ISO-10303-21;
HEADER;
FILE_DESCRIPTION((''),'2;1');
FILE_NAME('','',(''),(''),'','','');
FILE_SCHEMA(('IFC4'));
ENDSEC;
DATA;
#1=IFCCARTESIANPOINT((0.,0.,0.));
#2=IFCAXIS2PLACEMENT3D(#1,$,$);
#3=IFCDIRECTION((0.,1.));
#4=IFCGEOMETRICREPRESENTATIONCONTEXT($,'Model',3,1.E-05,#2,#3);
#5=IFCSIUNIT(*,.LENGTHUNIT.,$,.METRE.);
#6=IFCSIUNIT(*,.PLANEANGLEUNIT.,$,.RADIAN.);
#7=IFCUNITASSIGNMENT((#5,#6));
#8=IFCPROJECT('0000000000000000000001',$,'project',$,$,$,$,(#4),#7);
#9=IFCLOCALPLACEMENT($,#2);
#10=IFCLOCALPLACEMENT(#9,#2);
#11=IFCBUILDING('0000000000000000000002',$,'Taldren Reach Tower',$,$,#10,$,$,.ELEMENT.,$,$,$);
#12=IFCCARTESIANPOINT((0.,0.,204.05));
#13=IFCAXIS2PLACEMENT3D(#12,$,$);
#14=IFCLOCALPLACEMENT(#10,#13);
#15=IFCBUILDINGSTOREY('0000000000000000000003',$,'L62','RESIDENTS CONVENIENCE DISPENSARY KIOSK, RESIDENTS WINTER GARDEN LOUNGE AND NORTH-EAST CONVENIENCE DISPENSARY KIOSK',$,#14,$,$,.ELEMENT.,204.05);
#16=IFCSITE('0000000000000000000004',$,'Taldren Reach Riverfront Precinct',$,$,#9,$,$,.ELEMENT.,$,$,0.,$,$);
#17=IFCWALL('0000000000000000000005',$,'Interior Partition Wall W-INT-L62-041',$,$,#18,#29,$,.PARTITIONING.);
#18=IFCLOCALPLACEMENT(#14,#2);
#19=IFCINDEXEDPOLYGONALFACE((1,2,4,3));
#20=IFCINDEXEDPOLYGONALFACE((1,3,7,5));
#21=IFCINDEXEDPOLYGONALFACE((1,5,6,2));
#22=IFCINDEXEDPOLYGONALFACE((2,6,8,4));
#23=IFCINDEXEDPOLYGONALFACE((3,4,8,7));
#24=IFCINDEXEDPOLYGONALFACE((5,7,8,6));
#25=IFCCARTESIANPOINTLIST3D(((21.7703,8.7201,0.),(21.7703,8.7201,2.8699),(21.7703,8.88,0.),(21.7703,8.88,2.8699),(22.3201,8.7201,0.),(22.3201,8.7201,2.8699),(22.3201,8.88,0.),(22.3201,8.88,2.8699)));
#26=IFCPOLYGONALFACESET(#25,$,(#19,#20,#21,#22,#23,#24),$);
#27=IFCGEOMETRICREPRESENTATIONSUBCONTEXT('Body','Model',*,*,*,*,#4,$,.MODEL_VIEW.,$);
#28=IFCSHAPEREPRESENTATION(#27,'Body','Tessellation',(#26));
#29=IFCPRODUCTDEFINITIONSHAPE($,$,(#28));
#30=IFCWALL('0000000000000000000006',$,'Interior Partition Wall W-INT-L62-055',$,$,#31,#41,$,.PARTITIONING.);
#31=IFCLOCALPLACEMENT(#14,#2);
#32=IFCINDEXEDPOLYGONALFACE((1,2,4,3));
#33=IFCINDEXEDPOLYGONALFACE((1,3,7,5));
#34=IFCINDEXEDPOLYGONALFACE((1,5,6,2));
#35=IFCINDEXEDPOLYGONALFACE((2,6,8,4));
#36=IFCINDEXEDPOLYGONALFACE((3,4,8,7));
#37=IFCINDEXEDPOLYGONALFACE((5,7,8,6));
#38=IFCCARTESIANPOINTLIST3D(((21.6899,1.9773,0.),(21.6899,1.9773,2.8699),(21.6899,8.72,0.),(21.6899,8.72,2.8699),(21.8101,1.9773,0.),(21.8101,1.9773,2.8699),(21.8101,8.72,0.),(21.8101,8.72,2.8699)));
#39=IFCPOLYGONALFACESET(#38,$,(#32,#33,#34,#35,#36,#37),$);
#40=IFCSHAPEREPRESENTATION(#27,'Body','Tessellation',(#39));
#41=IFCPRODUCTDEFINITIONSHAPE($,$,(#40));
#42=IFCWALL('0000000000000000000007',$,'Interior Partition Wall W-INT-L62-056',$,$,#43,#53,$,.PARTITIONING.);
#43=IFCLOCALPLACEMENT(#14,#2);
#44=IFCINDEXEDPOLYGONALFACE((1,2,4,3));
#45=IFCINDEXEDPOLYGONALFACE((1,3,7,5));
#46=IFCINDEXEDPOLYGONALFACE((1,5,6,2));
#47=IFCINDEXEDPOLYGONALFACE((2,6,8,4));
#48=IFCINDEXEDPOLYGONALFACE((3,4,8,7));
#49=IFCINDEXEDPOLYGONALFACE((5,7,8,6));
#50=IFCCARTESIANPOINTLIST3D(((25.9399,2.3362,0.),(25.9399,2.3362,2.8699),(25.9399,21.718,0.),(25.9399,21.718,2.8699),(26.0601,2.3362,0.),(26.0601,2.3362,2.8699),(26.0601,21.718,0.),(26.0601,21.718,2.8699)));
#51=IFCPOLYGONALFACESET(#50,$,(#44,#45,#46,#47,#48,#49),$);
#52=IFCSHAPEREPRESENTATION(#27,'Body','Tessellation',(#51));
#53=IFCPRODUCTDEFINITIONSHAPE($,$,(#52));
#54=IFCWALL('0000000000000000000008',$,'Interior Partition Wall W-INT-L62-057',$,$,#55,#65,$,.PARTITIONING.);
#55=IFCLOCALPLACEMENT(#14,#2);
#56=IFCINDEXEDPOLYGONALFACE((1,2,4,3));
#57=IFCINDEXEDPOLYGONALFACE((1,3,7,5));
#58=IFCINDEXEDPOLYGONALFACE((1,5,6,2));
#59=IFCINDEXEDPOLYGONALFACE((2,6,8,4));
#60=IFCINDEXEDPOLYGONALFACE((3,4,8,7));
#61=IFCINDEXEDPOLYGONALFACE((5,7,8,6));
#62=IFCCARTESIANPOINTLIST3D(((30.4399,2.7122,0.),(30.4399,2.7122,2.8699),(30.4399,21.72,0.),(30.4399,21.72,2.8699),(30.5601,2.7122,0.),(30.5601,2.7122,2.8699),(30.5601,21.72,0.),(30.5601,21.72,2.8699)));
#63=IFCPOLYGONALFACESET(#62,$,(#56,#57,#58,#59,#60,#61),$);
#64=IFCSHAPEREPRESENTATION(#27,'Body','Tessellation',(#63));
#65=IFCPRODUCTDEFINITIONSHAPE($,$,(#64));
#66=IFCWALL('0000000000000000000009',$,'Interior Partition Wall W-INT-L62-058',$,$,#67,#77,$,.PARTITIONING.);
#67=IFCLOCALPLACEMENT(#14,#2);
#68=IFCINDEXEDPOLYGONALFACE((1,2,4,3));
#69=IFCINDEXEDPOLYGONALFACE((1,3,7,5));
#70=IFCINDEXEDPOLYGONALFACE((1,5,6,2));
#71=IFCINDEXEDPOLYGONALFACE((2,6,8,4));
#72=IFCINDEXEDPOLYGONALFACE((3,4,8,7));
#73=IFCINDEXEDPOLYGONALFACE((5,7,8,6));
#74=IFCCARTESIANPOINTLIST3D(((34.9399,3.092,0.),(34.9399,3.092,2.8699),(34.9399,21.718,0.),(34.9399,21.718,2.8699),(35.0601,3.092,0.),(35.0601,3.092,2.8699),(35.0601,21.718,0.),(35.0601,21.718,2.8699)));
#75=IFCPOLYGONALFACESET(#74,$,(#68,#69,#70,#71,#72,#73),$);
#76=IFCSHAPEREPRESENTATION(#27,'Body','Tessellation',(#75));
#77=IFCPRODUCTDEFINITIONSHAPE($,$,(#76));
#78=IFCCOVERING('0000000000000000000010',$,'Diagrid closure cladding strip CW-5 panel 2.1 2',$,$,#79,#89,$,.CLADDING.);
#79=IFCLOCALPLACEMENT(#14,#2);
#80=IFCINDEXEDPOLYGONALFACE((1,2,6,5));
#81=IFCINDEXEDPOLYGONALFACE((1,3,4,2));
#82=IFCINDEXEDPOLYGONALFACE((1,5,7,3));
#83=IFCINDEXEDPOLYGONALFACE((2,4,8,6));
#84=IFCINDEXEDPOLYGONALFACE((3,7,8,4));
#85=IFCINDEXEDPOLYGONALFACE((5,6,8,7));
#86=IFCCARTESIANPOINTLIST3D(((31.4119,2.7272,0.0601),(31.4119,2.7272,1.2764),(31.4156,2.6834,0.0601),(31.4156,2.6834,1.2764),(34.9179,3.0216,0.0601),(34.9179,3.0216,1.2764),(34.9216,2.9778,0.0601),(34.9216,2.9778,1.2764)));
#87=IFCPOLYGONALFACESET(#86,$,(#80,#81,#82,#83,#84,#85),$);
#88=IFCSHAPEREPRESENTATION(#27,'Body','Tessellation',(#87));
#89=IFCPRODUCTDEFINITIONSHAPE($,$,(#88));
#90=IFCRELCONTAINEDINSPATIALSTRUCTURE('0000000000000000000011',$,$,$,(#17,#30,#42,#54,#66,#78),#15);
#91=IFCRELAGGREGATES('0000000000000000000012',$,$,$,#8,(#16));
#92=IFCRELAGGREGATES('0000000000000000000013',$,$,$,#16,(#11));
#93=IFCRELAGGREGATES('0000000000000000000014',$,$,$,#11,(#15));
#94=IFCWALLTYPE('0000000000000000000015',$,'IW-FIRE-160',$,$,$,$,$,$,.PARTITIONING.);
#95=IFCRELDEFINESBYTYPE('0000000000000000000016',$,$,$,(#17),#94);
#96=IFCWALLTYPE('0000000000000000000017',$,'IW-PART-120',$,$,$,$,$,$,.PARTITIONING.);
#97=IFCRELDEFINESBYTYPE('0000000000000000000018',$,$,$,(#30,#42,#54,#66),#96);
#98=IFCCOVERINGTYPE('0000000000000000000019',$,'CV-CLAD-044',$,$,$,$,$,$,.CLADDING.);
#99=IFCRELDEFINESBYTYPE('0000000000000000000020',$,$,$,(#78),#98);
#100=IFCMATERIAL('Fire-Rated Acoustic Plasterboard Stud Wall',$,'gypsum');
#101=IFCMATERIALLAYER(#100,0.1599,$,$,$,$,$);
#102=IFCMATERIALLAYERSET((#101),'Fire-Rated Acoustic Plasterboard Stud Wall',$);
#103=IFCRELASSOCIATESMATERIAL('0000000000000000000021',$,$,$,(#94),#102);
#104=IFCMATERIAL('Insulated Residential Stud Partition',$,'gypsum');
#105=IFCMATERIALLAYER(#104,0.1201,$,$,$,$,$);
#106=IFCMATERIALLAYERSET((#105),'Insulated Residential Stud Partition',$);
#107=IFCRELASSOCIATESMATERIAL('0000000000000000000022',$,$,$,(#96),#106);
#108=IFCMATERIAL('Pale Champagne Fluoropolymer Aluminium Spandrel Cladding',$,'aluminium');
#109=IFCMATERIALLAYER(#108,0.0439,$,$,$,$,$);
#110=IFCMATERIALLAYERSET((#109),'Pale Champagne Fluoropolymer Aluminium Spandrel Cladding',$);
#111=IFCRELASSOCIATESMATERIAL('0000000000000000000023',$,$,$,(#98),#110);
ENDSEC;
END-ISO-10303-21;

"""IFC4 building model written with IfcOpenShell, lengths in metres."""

from ifc_helpers import new_model, si_unit, direction, frame, frame_2d, origin, origin_2d, place, context, subcontext, project, spatial, rectangle, extrude, source, transform, mapped, material, layer, layer_set, type_object, element, save


model = new_model("IFC4")

# Units and contexts
model_context = context("Model", 3, precision=1e-05, world=origin(), true_north=direction((0.0, 1.0)))
body_context = subcontext(model_context, "Body", "Model", "MODEL_VIEW")
ifc_project = project(units=[si_unit("LENGTHUNIT", "METRE"), si_unit("PLANEANGLEUNIT", "RADIAN")], contexts=[model_context])

# Site, building, storey
site_placement = place(None, origin())
site = spatial("IfcSite", under=ifc_project, at=site_placement, Name="Taldren Reach Riverfront Precinct", CompositionType="ELEMENT", RefElevation=0.0)
building_placement = place(site_placement, origin())
building = spatial("IfcBuilding", under=site, at=building_placement, Name="Taldren Reach Tower", CompositionType="ELEMENT")
storey_placement = place(building_placement, frame((0.0, 0.0, 204.05)))
storey = spatial("IfcBuildingStorey", under=building, at=storey_placement, Name="L62", Description="RESIDENTS CONVENIENCE DISPENSARY KIOSK, RESIDENTS WINTER GARDEN LOUNGE AND NORTH-EAST CONVENIENCE DISPENSARY KIOSK", CompositionType="ELEMENT", Elevation=204.05)

# Shared definitions
ifc_material_1 = material(Name="Fire-Rated Acoustic Plasterboard Stud Wall", Category="gypsum")
ifc_layer_1 = layer(ifc_material_1, 0.1599)
ifc_layer_set_1 = layer_set([ifc_layer_1], Name="Fire-Rated Acoustic Plasterboard Stud Wall")
wall_type_1 = type_object("IfcWallType", Name="IW-FIRE-160", PredefinedType="PARTITIONING", material=ifc_layer_set_1)

# Walls
shared_shape_1 = source(origin(), body_context, "Body", "SweptSolid", [
    extrude(rectangle(XDim=0.5498, YDim=0.1599, at=frame_2d((0.2749, 0.0))), origin(), (0.0, 0.0, 1.0), 2.8699),
])
wall_1_placement = place(storey_placement, frame((22.3201, 8.8, 0.0), z_axis=(0.0, 0.0, 1.0), x_axis=(-1.0, 0.0, 0.0)))
element("IfcWall", 1, at=wall_1_placement, inside=storey, type_object=wall_type_1, Name="Interior Partition Wall W-INT-L62-041", PredefinedType="PARTITIONING", context=body_context, shape_type="MappedRepresentation", body=[
    mapped(shared_shape_1, transform((0.0, 0.0, 0.0), scale=1.0)),
])
ifc_material_2 = material(Name="Insulated Residential Stud Partition", Category="gypsum")
ifc_layer_2 = layer(ifc_material_2, 0.1201)
ifc_layer_set_2 = layer_set([ifc_layer_2], Name="Insulated Residential Stud Partition")
wall_type_2 = type_object("IfcWallType", Name="IW-PART-120", PredefinedType="PARTITIONING", material=ifc_layer_set_2)
shared_shape_2 = source(origin(), body_context, "Body", "SweptSolid", [
    extrude(rectangle(XDim=6.7427, YDim=0.1201, at=frame_2d((3.3713, 0.0))), origin(), (0.0, 0.0, 1.0), 2.8699),
])
wall_2_placement = place(storey_placement, frame((21.75, 8.72, 0.0), z_axis=(0.0, 0.0, 1.0), x_axis=(0.0, -1.0, 0.0)))
element("IfcWall", 2, at=wall_2_placement, inside=storey, type_object=wall_type_2, Name="Interior Partition Wall W-INT-L62-055", PredefinedType="PARTITIONING", context=body_context, shape_type="MappedRepresentation", body=[
    mapped(shared_shape_2, transform((0.0, 0.0, 0.0), scale=1.0)),
])
shared_shape_3 = source(origin(), body_context, "Body", "SweptSolid", [
    extrude(rectangle(XDim=19.3818, YDim=0.1201, at=frame_2d((9.6909, 0.0))), origin(), (0.0, 0.0, 1.0), 2.8699),
])
wall_3_placement = place(storey_placement, frame((26.0, 21.718, 0.0), z_axis=(0.0, 0.0, 1.0), x_axis=(0.0, -1.0, 0.0)))
element("IfcWall", 3, at=wall_3_placement, inside=storey, type_object=wall_type_2, Name="Interior Partition Wall W-INT-L62-056", PredefinedType="PARTITIONING", context=body_context, shape_type="MappedRepresentation", body=[
    mapped(shared_shape_3, transform((0.0, 0.0, 0.0), scale=1.0)),
])
shared_shape_4 = source(origin(), body_context, "Body", "SweptSolid", [
    extrude(rectangle(XDim=19.0078, YDim=0.1201, at=frame_2d((9.5039, 0.0))), origin(), (0.0, 0.0, 1.0), 2.8699),
])
wall_4_placement = place(storey_placement, frame((30.5, 21.72, 0.0), z_axis=(0.0, 0.0, 1.0), x_axis=(0.0, -1.0, 0.0)))
element("IfcWall", 4, at=wall_4_placement, inside=storey, type_object=wall_type_2, Name="Interior Partition Wall W-INT-L62-057", PredefinedType="PARTITIONING", context=body_context, shape_type="MappedRepresentation", body=[
    mapped(shared_shape_4, transform((0.0, 0.0, 0.0), scale=1.0)),
])
shared_shape_5 = source(origin(), body_context, "Body", "SweptSolid", [
    extrude(rectangle(XDim=18.626, YDim=0.1201, at=frame_2d((9.313, 0.0))), origin(), (0.0, 0.0, 1.0), 2.8699),
])
wall_5_placement = place(storey_placement, frame((35.0, 21.718, 0.0), z_axis=(0.0, 0.0, 1.0), x_axis=(0.0, -1.0, 0.0)))
element("IfcWall", 5, at=wall_5_placement, inside=storey, type_object=wall_type_2, Name="Interior Partition Wall W-INT-L62-058", PredefinedType="PARTITIONING", context=body_context, shape_type="MappedRepresentation", body=[
    mapped(shared_shape_5, transform((0.0, 0.0, 0.0), scale=1.0)),
])

# Covering
ifc_material_3 = material(Name="Pale Champagne Fluoropolymer Aluminium Spandrel Cladding", Category="aluminium")
ifc_layer_3 = layer(ifc_material_3, 0.0439)
ifc_layer_set_3 = layer_set([ifc_layer_3], Name="Pale Champagne Fluoropolymer Aluminium Spandrel Cladding")
covering_type = type_object("IfcCoveringType", Name="CV-CLAD-044", PredefinedType="CLADDING", material=ifc_layer_set_3)
shared_shape_6 = source(origin(), body_context, "Body", "SweptSolid", [
    extrude(rectangle(XDim=3.5183, YDim=0.0439, at=origin_2d()), origin(), (0.0, 0.0, 1.0), 1.2163),
])
covering_placement = place(storey_placement, frame((33.1667, 2.8525, 0.0601), z_axis=(0.0, 0.0, 1.0), x_axis=(0.996493, 0.083678, 0.0)))
element("IfcCovering", 6, at=covering_placement, inside=storey, type_object=covering_type, Name="Diagrid closure cladding strip CW-5 panel 2.1 2", PredefinedType="CLADDING", context=body_context, shape_type="MappedRepresentation", body=[
    mapped(shared_shape_6, transform((0.0, 0.0, 0.0), scale=1.0)),
])

save(model, "model.ifc")
